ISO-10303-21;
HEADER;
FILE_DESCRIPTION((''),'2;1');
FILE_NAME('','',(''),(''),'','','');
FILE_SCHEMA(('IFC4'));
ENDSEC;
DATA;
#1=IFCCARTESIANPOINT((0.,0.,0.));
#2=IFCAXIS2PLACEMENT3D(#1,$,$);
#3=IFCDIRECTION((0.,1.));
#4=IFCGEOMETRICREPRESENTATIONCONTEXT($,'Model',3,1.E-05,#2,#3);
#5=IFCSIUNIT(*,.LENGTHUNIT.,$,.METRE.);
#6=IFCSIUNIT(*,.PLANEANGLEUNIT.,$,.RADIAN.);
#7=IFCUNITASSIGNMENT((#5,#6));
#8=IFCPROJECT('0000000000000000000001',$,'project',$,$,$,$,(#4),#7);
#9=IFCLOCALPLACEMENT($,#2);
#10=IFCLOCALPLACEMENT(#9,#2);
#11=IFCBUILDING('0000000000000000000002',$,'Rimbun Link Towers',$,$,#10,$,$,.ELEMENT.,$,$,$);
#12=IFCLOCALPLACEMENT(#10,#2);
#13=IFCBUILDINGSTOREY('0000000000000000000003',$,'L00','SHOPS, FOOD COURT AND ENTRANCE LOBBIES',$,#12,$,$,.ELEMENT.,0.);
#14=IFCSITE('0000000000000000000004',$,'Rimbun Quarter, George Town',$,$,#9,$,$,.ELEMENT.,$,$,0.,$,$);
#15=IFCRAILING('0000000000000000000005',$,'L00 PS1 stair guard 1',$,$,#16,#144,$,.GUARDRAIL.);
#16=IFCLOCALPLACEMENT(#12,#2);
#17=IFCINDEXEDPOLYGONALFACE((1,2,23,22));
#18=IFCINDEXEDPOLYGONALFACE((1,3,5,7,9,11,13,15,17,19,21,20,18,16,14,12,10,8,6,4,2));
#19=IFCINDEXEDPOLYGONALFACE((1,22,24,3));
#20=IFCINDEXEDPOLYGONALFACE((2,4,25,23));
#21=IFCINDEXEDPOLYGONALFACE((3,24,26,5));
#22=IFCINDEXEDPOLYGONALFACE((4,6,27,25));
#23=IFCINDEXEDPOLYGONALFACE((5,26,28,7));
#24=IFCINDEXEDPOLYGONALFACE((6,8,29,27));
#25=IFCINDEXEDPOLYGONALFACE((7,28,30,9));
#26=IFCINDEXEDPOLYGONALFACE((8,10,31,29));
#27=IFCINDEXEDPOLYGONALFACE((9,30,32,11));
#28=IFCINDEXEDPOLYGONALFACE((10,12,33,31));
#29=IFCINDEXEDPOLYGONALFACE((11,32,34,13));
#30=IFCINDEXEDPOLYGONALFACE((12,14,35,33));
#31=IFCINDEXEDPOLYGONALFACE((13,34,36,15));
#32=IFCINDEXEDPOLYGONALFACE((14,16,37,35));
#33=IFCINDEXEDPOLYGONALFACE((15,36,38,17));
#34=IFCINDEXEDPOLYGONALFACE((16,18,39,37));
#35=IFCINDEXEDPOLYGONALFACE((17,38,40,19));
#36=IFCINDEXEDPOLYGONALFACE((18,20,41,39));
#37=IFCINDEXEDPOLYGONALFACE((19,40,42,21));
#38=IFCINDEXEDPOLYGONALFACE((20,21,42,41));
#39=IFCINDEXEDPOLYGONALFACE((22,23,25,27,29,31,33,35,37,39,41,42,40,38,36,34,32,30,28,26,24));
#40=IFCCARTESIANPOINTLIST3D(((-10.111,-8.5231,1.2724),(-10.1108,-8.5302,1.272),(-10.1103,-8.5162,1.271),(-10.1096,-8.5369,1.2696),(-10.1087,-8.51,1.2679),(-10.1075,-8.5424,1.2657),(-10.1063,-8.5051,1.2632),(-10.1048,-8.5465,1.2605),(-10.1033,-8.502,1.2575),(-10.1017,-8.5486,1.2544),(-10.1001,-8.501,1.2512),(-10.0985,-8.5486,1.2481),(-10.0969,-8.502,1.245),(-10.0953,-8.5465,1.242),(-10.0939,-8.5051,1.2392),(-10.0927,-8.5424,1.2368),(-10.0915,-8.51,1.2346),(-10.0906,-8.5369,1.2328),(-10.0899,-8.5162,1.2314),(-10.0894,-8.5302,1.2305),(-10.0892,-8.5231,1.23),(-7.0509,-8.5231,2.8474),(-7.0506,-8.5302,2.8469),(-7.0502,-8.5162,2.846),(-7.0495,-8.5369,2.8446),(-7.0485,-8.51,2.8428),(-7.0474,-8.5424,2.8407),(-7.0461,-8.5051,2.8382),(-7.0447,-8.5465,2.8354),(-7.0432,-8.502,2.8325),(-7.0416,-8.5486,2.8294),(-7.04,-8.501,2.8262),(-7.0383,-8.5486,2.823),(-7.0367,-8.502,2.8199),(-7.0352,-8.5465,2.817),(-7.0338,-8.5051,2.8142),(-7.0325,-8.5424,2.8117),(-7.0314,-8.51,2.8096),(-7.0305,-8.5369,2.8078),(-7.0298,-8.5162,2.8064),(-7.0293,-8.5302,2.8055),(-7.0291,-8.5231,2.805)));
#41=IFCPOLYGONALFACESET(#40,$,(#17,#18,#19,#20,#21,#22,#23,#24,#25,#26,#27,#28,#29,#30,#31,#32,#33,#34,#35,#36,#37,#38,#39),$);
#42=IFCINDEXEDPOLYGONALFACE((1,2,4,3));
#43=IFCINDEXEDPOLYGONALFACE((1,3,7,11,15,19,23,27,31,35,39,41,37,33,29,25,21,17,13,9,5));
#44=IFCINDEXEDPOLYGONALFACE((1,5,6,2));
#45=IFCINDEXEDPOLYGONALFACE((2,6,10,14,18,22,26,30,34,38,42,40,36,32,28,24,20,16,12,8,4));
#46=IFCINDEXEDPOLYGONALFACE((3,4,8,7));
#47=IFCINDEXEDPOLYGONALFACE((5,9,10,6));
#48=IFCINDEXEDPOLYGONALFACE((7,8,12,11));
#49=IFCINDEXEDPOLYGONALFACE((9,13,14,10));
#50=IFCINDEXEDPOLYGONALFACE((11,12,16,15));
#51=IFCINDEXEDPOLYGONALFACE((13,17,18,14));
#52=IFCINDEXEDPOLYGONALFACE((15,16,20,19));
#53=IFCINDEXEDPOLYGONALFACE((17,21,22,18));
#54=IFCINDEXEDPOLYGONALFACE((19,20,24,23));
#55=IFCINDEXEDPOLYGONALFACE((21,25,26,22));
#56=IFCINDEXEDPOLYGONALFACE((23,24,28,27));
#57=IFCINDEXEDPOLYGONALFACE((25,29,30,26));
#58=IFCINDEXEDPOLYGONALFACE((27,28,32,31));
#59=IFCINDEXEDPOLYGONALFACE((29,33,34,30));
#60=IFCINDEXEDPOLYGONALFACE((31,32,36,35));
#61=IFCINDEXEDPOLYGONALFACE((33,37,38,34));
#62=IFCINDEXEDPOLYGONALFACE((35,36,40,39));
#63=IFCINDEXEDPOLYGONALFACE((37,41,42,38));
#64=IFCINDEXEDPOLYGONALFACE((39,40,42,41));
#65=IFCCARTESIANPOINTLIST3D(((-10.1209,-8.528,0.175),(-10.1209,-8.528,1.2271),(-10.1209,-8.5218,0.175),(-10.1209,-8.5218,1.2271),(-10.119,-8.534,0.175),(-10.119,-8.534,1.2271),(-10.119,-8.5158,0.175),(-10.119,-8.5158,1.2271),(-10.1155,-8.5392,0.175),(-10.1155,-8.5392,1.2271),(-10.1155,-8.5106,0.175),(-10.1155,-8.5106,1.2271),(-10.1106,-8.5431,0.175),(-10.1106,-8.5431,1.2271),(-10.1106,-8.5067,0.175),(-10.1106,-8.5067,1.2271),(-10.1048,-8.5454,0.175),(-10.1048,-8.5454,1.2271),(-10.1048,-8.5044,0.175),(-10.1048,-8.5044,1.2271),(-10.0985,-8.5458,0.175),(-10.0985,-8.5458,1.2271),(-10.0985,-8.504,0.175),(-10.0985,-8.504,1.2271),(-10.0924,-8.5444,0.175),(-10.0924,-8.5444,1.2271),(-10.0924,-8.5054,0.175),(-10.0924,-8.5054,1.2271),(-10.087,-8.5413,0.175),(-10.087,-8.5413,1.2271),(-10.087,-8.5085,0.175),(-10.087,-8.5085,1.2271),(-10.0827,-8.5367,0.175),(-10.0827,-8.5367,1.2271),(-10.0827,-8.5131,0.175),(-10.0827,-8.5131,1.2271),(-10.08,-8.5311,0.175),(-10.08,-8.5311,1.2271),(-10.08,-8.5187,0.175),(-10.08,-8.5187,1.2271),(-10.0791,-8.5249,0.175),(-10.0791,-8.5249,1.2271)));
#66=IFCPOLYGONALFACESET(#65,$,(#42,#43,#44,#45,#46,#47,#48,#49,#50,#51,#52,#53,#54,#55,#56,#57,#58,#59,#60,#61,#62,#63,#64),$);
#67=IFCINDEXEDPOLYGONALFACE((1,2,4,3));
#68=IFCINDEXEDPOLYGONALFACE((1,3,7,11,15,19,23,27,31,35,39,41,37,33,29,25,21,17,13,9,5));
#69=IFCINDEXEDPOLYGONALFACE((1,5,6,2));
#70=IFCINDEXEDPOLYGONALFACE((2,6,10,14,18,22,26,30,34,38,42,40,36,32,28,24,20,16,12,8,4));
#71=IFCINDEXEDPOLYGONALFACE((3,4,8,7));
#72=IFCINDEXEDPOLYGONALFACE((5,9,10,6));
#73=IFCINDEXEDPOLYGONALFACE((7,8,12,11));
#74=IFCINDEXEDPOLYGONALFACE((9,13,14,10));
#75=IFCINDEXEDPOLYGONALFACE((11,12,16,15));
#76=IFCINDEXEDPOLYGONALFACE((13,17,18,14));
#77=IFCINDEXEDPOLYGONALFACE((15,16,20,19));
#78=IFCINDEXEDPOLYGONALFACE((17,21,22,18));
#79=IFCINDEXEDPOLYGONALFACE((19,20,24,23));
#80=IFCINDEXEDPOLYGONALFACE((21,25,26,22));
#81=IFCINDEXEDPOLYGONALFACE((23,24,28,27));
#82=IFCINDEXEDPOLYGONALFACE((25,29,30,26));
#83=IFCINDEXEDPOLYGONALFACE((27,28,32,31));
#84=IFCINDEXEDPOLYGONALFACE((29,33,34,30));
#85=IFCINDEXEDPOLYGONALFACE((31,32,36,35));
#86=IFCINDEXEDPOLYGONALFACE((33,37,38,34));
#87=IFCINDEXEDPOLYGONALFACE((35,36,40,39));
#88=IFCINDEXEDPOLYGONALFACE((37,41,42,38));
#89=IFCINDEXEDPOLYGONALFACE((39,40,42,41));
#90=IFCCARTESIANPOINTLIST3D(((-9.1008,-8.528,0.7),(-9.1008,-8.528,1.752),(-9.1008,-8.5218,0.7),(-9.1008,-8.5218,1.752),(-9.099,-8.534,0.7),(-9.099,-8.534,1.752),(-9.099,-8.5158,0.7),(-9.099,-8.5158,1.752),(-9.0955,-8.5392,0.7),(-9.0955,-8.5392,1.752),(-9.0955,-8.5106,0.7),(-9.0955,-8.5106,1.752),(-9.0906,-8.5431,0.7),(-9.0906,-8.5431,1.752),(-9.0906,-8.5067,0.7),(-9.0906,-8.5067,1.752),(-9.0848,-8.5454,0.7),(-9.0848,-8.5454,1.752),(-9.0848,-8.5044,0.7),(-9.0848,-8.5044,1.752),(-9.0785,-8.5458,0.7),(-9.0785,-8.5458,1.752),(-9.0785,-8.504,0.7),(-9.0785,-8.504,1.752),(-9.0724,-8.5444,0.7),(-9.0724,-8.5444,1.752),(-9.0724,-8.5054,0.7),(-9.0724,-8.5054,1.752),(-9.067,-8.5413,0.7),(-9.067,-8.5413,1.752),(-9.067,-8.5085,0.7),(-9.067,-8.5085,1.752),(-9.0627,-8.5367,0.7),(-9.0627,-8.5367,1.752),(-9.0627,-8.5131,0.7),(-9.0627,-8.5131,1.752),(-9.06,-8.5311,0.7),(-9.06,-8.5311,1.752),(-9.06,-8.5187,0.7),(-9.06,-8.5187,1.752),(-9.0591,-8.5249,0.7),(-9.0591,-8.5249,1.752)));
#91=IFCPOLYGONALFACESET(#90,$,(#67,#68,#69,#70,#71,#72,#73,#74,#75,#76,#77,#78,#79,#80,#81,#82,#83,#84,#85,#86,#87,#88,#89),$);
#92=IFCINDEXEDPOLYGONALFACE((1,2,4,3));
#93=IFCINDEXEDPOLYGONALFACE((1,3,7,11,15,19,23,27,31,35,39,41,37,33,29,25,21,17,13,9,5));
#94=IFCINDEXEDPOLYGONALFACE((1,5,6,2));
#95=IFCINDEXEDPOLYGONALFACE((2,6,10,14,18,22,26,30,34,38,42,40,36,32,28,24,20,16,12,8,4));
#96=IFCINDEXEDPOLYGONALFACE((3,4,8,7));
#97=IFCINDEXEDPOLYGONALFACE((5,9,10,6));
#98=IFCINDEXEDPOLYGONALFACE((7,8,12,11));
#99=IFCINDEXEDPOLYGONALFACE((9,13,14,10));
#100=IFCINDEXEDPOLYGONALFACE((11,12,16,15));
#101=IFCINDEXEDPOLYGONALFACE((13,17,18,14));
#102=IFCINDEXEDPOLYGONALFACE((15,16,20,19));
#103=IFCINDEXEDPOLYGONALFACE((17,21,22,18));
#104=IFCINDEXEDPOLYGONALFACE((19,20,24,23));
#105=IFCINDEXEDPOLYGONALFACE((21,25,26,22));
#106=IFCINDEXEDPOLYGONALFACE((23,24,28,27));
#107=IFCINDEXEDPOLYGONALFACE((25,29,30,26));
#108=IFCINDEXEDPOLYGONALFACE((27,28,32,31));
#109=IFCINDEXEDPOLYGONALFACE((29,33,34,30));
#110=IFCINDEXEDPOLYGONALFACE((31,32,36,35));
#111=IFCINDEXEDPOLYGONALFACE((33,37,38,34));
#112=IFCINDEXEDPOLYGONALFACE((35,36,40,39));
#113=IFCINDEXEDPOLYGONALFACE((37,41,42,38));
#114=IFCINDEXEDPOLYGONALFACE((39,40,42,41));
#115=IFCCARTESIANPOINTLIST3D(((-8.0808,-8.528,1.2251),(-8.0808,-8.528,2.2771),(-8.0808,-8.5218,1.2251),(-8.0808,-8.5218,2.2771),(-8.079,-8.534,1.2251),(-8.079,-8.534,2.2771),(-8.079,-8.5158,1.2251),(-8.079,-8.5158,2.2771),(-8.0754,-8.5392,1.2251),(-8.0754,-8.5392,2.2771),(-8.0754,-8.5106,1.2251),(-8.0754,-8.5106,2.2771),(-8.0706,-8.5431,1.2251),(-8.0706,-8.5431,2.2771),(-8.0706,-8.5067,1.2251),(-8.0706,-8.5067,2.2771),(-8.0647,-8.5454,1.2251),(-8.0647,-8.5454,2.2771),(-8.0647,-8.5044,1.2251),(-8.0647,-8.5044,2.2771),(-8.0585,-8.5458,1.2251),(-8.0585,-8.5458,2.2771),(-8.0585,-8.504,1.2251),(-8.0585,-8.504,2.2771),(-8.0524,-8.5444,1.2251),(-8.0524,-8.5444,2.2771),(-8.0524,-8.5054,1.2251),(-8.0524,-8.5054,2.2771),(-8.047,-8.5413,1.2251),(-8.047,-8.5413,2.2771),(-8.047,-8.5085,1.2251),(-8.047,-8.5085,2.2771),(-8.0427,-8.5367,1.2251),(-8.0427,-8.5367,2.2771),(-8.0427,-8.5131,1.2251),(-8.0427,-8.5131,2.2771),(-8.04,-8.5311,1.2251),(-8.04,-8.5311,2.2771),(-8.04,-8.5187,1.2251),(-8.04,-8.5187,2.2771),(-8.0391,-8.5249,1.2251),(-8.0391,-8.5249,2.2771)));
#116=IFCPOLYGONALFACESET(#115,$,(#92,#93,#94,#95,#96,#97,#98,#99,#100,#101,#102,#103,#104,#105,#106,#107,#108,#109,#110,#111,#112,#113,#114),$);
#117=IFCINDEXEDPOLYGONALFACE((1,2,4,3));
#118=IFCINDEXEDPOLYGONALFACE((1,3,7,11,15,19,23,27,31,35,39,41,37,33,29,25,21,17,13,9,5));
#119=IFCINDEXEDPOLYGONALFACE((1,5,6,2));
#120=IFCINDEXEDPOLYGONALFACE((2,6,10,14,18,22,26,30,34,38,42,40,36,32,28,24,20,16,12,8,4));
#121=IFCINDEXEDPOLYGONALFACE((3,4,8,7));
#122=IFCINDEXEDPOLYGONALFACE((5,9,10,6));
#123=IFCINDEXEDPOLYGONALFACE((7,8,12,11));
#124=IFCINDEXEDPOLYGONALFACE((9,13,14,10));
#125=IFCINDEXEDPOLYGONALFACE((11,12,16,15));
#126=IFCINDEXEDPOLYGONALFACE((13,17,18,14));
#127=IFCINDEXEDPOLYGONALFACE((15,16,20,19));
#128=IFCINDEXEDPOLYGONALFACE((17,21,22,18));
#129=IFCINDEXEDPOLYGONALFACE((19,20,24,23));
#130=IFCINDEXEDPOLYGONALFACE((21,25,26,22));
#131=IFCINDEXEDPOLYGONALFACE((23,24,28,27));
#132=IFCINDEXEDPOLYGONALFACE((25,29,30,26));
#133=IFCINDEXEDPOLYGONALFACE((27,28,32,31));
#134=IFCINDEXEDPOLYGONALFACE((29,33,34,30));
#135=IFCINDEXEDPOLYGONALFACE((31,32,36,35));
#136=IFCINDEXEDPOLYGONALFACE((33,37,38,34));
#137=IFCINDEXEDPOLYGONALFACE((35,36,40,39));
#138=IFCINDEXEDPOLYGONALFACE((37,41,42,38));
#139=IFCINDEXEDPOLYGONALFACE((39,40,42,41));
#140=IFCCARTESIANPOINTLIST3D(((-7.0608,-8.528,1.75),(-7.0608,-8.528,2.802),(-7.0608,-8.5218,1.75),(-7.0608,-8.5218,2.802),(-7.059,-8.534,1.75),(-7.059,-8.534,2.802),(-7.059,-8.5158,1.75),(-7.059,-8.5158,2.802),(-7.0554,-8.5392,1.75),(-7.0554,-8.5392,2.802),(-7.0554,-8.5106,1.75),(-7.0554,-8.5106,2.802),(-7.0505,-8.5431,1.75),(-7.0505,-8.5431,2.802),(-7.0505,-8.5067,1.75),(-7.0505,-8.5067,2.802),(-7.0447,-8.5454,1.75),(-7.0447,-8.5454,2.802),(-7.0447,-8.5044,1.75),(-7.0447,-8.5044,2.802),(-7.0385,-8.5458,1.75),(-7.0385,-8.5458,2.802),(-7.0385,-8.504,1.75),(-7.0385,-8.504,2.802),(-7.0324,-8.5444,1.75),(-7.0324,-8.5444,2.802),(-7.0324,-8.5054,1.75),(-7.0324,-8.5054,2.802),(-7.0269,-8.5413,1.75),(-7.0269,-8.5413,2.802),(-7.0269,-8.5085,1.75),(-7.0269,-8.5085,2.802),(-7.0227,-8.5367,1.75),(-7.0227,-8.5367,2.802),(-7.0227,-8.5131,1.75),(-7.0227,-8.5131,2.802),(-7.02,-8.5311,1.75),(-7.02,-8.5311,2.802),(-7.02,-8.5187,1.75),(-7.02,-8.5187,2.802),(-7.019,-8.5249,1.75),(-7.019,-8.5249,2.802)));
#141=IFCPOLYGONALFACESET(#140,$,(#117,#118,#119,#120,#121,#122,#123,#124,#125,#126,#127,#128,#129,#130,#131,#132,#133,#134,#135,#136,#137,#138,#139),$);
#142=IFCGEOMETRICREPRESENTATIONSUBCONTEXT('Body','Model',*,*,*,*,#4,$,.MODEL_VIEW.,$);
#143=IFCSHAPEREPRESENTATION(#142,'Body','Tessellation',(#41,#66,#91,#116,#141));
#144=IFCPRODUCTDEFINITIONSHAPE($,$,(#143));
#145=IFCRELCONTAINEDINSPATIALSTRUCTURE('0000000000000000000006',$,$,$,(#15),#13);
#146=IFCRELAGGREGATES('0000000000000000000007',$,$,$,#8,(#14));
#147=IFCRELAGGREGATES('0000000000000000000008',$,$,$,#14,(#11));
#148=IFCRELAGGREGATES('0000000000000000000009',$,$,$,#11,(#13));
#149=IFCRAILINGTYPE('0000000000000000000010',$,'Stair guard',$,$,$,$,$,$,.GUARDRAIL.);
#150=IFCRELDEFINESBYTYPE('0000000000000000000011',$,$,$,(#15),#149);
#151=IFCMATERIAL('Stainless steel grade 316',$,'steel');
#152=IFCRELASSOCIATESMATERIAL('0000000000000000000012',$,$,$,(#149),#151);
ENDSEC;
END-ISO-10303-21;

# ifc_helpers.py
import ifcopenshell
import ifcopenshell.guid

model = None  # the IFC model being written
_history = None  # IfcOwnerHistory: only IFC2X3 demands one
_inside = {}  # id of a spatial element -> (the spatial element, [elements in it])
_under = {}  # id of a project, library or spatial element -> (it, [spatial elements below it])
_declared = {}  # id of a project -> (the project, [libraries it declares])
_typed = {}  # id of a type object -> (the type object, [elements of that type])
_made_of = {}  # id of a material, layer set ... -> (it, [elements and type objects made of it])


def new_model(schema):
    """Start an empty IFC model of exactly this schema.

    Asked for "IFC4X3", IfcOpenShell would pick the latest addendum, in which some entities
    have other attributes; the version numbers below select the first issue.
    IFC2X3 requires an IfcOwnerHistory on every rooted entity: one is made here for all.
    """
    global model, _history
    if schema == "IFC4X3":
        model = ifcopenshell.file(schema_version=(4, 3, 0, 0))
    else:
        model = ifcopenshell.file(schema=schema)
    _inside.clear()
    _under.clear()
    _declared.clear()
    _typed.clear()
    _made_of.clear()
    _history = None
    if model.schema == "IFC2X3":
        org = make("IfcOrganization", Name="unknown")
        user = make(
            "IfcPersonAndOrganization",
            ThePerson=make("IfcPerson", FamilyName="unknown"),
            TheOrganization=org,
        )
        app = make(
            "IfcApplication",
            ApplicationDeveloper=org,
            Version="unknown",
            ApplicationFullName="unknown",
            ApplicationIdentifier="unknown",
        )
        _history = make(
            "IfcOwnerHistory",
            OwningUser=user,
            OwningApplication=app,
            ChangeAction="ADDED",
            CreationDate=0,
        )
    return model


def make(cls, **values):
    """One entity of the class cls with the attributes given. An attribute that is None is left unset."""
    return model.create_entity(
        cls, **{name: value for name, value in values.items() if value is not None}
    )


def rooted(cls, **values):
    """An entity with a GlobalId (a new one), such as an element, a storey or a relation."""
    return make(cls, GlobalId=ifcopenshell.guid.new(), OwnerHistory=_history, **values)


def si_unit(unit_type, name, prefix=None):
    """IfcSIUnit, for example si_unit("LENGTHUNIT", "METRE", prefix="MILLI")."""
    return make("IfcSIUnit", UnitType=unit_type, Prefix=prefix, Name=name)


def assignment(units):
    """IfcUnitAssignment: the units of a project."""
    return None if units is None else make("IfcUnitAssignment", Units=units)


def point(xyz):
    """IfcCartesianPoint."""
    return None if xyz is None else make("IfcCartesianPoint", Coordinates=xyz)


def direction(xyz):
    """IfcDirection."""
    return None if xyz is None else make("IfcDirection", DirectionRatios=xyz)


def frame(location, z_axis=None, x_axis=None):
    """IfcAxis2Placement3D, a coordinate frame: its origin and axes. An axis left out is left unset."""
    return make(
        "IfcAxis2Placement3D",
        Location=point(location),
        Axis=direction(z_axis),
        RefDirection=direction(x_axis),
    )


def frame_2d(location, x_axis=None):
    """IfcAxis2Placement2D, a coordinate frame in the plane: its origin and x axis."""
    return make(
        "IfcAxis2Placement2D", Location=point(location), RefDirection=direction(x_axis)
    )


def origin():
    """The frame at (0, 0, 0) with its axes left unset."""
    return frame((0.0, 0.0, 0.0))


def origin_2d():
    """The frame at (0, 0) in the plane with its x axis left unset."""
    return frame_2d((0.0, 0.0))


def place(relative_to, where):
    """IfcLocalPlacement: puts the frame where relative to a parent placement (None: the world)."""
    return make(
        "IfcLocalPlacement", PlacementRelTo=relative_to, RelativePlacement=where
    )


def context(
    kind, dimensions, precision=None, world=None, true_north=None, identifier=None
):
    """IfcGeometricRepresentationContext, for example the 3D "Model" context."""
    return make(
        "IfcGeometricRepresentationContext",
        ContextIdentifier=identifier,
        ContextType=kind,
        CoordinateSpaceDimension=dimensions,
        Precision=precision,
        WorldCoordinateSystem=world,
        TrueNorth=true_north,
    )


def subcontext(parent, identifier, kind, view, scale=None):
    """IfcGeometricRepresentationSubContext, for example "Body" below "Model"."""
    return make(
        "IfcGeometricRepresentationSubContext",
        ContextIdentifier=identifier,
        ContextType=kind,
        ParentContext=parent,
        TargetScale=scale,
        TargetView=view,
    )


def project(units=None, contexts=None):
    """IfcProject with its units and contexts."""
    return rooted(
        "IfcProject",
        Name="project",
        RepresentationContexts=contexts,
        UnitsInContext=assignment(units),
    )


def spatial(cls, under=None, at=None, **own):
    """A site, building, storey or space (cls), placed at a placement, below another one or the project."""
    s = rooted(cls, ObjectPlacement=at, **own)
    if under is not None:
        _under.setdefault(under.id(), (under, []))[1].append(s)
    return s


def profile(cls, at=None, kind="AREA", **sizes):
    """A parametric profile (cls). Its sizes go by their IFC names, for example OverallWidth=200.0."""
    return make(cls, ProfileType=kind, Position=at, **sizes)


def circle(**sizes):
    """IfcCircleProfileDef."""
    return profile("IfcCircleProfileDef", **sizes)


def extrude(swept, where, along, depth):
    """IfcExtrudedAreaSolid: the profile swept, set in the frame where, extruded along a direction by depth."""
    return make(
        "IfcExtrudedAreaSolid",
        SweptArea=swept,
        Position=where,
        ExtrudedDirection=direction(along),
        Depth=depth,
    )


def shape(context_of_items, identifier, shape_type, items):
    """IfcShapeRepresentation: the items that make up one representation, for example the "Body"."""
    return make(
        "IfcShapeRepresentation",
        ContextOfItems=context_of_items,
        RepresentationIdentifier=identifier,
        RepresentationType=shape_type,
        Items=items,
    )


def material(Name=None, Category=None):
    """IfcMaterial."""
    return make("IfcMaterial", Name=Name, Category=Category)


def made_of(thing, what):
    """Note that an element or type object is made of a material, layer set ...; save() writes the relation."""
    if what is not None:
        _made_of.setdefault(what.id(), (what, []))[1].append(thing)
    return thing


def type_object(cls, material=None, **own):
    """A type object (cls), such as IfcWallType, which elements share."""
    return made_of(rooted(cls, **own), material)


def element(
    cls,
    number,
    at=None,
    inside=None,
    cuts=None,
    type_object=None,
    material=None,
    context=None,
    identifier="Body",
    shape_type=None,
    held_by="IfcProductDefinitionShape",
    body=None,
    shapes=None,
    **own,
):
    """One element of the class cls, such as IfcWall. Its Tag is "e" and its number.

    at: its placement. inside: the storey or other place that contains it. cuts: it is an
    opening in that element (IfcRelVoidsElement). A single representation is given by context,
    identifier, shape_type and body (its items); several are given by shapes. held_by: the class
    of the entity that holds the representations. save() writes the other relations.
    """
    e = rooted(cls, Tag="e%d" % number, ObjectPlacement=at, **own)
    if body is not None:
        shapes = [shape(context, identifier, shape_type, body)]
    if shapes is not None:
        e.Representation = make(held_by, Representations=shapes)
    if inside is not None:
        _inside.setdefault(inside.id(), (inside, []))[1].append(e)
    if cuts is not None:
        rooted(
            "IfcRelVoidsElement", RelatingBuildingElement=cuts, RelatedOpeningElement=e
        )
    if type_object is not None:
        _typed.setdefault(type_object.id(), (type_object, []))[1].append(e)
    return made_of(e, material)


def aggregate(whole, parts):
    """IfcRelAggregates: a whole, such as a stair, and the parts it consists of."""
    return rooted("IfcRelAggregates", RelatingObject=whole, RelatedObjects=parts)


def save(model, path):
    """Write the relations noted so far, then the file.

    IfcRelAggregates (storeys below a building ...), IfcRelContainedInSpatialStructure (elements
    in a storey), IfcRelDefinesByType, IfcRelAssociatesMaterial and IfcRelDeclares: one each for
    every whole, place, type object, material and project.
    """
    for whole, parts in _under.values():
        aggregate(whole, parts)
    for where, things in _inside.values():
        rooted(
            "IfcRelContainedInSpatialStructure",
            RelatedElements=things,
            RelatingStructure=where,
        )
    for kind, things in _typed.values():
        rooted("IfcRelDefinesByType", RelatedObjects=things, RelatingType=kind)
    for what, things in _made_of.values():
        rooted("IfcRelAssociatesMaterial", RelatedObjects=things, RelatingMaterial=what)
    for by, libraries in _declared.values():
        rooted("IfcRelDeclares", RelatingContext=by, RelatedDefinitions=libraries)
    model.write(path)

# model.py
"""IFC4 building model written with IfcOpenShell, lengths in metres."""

from ifc_helpers import new_model, si_unit, direction, frame, origin, origin_2d, place, context, subcontext, project, spatial, circle, extrude, material, type_object, element, save


model = new_model("IFC4")

# Units and contexts
model_context = context("Model", 3, precision=1e-05, world=origin(), true_north=direction((0.0, 1.0)))
body_context = subcontext(model_context, "Body", "Model", "MODEL_VIEW")
ifc_project = project(units=[si_unit("LENGTHUNIT", "METRE"), si_unit("PLANEANGLEUNIT", "RADIAN")], contexts=[model_context])

# Site, building, storey
site_placement = place(None, origin())
site = spatial("IfcSite", under=ifc_project, at=site_placement, Name="Rimbun Quarter, George Town", CompositionType="ELEMENT", RefElevation=0.0)
building_placement = place(site_placement, origin())
building = spatial("IfcBuilding", under=site, at=building_placement, Name="Rimbun Link Towers", CompositionType="ELEMENT")
storey_placement = place(building_placement, origin())
storey = spatial("IfcBuildingStorey", under=building, at=storey_placement, Name="L00", Description="SHOPS, FOOD COURT AND ENTRANCE LOBBIES", CompositionType="ELEMENT", Elevation=0.0)

# Railing
ifc_material_1 = material(Name="Stainless steel grade 316", Category="steel")
railing_type_1 = type_object("IfcRailingType", Name="Stair guard", PredefinedType="GUARDRAIL", material=ifc_material_1)
railing_1_placement = place(storey_placement, frame((-10.1001, -8.5249, 0.175)))
element("IfcRailing", 1, at=railing_1_placement, inside=storey, type_object=railing_type_1, Name="L00 PS1 stair guard 1", PredefinedType="GUARDRAIL", context=body_context, shape_type="SweptSolid", body=[
    extrude(circle(Radius=0.0239, at=origin_2d()), frame((0.0, 0.0, 1.0762), z_axis=(0.889145, 0.0, 0.457625), x_axis=(0.0, 1.0, 0.0)), (0.0, 0.0, 1.0), 3.4417),
    extrude(circle(Radius=0.021, at=origin_2d()), origin(), (0.0, 0.0, 1.0), 1.052),
    extrude(circle(Radius=0.021, at=origin_2d()), frame((1.02, 0.0, 0.5249)), (0.0, 0.0, 1.0), 1.052),
    extrude(circle(Radius=0.021, at=origin_2d()), frame((2.04, 0.0, 1.05)), (0.0, 0.0, 1.0), 1.052),
    extrude(circle(Radius=0.021, at=origin_2d()), frame((3.0601, 0.0, 1.575)), (0.0, 0.0, 1.0), 1.052),
])

save(model, "model.ifc")
